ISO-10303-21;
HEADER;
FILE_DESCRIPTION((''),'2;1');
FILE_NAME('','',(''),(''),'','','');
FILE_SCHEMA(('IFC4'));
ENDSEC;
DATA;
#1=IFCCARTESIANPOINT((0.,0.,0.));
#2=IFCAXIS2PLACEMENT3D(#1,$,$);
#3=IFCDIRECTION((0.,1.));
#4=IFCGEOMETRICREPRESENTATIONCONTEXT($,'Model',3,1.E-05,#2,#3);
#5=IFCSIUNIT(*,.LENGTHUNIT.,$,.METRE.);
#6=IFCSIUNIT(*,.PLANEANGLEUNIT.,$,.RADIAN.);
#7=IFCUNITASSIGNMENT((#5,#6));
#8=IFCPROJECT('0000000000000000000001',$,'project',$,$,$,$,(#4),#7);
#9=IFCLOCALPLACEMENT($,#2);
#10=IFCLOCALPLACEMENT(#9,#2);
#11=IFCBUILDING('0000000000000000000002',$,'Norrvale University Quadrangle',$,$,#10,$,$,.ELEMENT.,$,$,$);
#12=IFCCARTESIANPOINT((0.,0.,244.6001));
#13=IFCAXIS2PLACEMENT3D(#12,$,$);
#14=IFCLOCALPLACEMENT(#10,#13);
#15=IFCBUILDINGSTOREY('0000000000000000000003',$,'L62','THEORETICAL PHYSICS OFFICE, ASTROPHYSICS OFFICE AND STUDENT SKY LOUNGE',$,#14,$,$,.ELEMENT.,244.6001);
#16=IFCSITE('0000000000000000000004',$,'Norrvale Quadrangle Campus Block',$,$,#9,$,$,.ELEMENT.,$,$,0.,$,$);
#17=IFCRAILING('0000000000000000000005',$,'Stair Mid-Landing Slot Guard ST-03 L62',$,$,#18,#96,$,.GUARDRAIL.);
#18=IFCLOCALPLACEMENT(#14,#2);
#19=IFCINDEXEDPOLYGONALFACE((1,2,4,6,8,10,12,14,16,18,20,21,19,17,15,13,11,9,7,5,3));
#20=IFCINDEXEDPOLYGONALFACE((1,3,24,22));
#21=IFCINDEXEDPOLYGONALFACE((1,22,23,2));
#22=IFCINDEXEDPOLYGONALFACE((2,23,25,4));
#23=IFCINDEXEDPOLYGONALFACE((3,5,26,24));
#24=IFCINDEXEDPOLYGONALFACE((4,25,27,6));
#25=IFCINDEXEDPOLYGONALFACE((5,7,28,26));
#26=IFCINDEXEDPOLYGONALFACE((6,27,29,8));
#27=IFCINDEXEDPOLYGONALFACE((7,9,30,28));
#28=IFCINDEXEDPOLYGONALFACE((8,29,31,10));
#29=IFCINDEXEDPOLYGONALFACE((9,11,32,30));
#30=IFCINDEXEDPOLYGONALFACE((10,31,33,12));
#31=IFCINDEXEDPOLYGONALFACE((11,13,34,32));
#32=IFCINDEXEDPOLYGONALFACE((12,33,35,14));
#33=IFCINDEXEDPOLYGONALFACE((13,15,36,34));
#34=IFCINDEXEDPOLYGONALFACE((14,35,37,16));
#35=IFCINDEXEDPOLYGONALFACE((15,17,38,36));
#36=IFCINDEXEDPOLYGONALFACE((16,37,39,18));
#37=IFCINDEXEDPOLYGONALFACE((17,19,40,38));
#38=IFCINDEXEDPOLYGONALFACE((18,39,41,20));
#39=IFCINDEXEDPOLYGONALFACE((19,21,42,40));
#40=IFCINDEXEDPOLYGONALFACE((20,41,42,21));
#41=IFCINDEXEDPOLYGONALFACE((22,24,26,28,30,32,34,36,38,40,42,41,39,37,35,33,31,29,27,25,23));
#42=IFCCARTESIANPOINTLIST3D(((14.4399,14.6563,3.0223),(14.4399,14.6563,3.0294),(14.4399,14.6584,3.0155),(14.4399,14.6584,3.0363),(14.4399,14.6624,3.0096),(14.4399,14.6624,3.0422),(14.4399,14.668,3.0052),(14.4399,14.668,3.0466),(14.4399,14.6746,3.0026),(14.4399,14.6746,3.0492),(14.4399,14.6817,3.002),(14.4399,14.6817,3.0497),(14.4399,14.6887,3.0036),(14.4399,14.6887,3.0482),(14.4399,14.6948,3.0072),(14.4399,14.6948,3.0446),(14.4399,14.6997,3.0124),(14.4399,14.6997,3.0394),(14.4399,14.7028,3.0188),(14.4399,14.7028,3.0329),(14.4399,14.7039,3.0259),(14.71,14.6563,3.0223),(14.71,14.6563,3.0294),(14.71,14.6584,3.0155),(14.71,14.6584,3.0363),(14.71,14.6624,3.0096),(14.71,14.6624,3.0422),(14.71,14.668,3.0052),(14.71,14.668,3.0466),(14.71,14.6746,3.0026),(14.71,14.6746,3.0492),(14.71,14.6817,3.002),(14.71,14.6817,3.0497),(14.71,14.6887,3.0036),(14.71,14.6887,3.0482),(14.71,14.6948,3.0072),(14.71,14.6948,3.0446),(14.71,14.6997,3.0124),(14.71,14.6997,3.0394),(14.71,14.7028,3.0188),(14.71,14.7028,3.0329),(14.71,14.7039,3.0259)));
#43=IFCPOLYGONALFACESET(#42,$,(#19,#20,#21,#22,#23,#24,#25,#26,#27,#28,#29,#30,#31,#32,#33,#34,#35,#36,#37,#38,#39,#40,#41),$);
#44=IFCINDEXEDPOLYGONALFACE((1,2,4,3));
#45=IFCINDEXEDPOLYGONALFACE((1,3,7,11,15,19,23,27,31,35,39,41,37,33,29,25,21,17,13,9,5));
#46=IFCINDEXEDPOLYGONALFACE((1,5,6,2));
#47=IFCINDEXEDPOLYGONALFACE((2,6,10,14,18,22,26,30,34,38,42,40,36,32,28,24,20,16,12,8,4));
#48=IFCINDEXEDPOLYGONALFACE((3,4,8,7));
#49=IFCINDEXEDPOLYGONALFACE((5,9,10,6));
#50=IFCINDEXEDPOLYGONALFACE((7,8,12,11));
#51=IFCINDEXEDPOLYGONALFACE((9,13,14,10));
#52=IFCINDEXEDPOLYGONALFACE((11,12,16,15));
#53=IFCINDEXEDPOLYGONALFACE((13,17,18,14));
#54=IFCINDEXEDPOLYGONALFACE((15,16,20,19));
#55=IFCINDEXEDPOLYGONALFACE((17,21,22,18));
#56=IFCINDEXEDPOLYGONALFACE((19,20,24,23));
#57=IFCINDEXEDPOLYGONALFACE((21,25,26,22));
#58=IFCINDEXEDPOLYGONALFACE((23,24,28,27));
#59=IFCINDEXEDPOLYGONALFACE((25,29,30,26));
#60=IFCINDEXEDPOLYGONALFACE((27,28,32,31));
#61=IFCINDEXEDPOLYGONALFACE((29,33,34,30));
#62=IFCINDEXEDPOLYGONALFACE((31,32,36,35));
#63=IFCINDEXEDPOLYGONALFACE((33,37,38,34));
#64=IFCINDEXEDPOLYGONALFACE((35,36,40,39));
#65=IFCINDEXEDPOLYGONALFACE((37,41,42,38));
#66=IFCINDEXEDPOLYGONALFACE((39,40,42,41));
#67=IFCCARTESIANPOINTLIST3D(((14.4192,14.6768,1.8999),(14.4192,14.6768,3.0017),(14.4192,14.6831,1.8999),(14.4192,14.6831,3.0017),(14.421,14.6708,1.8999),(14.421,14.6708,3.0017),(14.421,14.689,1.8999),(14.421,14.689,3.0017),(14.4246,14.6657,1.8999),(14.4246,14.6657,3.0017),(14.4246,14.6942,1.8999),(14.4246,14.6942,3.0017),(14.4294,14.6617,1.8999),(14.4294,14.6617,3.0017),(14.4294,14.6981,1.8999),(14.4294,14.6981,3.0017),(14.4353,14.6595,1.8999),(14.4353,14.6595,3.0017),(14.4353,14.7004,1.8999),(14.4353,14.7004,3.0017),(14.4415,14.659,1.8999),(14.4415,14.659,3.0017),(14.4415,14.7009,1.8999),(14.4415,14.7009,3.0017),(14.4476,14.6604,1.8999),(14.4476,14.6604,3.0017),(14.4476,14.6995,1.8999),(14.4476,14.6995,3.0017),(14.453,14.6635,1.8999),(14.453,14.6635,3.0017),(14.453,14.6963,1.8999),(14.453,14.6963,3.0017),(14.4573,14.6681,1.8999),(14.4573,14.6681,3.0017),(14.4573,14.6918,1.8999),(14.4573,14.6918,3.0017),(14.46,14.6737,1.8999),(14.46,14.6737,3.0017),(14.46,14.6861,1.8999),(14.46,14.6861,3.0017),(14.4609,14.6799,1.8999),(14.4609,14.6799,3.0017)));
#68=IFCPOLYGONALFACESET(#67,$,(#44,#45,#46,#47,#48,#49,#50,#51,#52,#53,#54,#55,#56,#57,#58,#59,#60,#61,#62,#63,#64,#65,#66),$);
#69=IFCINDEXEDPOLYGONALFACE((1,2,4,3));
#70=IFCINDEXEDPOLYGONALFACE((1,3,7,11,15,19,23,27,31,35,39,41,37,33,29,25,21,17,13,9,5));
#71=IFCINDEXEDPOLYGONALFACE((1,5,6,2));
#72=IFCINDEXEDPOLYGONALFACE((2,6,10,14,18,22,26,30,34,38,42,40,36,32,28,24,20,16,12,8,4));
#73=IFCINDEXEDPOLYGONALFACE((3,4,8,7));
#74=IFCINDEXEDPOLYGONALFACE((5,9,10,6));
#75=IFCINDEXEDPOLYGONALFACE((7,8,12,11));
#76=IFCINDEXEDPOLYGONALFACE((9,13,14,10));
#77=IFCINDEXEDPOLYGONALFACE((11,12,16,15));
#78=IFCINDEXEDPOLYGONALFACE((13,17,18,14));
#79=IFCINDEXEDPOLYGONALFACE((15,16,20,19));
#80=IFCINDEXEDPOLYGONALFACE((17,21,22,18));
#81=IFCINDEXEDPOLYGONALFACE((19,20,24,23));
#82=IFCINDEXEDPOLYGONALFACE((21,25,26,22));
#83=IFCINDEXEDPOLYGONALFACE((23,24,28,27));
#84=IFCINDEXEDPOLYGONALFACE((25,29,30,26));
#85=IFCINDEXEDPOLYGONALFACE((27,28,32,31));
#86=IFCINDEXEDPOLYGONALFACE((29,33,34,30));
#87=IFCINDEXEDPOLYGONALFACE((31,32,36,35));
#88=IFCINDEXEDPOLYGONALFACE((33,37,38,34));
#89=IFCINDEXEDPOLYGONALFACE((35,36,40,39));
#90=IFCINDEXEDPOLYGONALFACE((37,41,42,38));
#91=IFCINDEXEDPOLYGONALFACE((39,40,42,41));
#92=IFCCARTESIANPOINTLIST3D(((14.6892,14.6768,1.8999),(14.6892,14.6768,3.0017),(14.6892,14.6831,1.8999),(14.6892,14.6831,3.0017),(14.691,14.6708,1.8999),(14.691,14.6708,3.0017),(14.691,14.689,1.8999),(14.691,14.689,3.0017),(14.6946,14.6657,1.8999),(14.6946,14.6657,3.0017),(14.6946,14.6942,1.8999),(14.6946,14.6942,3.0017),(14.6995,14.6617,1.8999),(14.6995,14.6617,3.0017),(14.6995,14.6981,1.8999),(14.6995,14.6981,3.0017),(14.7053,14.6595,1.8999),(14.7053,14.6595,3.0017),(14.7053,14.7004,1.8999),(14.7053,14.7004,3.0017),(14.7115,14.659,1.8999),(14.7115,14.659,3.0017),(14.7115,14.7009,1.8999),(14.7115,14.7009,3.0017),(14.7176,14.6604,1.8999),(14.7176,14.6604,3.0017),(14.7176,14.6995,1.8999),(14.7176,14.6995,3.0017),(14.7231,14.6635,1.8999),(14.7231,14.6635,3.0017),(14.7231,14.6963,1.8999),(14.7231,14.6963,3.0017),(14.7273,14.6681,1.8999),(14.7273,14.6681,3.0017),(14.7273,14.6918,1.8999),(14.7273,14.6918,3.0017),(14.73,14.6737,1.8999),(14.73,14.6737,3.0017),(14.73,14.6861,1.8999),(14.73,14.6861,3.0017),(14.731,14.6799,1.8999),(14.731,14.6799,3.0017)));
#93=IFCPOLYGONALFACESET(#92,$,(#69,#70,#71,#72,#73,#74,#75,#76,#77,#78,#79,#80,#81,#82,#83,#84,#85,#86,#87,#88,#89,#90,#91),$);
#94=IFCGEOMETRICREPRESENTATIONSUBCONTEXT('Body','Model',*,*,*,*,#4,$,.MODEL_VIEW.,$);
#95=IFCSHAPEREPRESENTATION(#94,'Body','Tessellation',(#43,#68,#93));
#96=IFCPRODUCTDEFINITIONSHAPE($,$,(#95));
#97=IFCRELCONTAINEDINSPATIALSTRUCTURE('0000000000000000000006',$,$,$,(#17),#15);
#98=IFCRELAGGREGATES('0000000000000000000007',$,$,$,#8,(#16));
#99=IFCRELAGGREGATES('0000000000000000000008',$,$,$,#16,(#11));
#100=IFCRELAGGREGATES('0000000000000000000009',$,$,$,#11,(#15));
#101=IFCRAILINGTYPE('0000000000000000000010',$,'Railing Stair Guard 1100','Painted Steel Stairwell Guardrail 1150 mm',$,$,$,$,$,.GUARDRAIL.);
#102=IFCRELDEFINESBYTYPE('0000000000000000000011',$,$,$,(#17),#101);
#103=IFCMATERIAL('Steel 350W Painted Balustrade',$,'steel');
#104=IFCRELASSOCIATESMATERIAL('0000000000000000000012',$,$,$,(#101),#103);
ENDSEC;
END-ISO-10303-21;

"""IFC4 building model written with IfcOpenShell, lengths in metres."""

from ifc_helpers import new_model, si_unit, direction, frame, origin, origin_2d, place, context, subcontext, project, spatial, circle, extrude, material, type_object, element, save


model = new_model("IFC4")

# Units and contexts
model_context = context("Model", 3, precision=1e-05, world=origin(), true_north=direction((0.0, 1.0)))
body_context = subcontext(model_context, "Body", "Model", "MODEL_VIEW")
ifc_project = project(units=[si_unit("LENGTHUNIT", "METRE"), si_unit("PLANEANGLEUNIT", "RADIAN")], contexts=[model_context])

# Site, building, storey
site_placement = place(None, origin())
site = spatial("IfcSite", under=ifc_project, at=site_placement, Name="Norrvale Quadrangle Campus Block", CompositionType="ELEMENT", RefElevation=0.0)
building_placement = place(site_placement, origin())
building = spatial("IfcBuilding", under=site, at=building_placement, Name="Norrvale University Quadrangle", CompositionType="ELEMENT")
storey_placement = place(building_placement, frame((0.0, 0.0, 244.6001)))
storey = spatial("IfcBuildingStorey", under=building, at=storey_placement, Name="L62", Description="THEORETICAL PHYSICS OFFICE, ASTROPHYSICS OFFICE AND STUDENT SKY LOUNGE", CompositionType="ELEMENT", Elevation=244.6001)

# Railing
ifc_material_1 = material(Name="Steel 350W Painted Balustrade", Category="steel")
railing_type_1 = type_object("IfcRailingType", Name="Railing Stair Guard 1100", Description="Painted Steel Stairwell Guardrail 1150 mm", PredefinedType="GUARDRAIL", material=ifc_material_1)
for number, where, name in (
    (1, (14.4399, 14.6799, 1.8999), "Stair Mid-Landing Slot Guard ST-03 L62"),
):
    element("IfcRailing", number, at=place(storey_placement, frame(where)), inside=storey, type_object=railing_type_1, Name=name, PredefinedType="GUARDRAIL", context=body_context, shape_type="SweptSolid", body=[
        extrude(circle(Radius=0.0239, at=origin_2d()), frame((0.0, 0.0, 1.126), z_axis=(1.0, 0.0, 0.0), x_axis=(0.0, 1.0, 0.0)), (0.0, 0.0, 1.0), 0.27),
        extrude(circle(Radius=0.021, at=origin_2d()), origin(), (0.0, 0.0, 1.0), 1.1018),
        extrude(circle(Radius=0.021, at=origin_2d()), frame((0.27, 0.0, 0.0)), (0.0, 0.0, 1.0), 1.1018),
    ])

save(model, "model.ifc")
